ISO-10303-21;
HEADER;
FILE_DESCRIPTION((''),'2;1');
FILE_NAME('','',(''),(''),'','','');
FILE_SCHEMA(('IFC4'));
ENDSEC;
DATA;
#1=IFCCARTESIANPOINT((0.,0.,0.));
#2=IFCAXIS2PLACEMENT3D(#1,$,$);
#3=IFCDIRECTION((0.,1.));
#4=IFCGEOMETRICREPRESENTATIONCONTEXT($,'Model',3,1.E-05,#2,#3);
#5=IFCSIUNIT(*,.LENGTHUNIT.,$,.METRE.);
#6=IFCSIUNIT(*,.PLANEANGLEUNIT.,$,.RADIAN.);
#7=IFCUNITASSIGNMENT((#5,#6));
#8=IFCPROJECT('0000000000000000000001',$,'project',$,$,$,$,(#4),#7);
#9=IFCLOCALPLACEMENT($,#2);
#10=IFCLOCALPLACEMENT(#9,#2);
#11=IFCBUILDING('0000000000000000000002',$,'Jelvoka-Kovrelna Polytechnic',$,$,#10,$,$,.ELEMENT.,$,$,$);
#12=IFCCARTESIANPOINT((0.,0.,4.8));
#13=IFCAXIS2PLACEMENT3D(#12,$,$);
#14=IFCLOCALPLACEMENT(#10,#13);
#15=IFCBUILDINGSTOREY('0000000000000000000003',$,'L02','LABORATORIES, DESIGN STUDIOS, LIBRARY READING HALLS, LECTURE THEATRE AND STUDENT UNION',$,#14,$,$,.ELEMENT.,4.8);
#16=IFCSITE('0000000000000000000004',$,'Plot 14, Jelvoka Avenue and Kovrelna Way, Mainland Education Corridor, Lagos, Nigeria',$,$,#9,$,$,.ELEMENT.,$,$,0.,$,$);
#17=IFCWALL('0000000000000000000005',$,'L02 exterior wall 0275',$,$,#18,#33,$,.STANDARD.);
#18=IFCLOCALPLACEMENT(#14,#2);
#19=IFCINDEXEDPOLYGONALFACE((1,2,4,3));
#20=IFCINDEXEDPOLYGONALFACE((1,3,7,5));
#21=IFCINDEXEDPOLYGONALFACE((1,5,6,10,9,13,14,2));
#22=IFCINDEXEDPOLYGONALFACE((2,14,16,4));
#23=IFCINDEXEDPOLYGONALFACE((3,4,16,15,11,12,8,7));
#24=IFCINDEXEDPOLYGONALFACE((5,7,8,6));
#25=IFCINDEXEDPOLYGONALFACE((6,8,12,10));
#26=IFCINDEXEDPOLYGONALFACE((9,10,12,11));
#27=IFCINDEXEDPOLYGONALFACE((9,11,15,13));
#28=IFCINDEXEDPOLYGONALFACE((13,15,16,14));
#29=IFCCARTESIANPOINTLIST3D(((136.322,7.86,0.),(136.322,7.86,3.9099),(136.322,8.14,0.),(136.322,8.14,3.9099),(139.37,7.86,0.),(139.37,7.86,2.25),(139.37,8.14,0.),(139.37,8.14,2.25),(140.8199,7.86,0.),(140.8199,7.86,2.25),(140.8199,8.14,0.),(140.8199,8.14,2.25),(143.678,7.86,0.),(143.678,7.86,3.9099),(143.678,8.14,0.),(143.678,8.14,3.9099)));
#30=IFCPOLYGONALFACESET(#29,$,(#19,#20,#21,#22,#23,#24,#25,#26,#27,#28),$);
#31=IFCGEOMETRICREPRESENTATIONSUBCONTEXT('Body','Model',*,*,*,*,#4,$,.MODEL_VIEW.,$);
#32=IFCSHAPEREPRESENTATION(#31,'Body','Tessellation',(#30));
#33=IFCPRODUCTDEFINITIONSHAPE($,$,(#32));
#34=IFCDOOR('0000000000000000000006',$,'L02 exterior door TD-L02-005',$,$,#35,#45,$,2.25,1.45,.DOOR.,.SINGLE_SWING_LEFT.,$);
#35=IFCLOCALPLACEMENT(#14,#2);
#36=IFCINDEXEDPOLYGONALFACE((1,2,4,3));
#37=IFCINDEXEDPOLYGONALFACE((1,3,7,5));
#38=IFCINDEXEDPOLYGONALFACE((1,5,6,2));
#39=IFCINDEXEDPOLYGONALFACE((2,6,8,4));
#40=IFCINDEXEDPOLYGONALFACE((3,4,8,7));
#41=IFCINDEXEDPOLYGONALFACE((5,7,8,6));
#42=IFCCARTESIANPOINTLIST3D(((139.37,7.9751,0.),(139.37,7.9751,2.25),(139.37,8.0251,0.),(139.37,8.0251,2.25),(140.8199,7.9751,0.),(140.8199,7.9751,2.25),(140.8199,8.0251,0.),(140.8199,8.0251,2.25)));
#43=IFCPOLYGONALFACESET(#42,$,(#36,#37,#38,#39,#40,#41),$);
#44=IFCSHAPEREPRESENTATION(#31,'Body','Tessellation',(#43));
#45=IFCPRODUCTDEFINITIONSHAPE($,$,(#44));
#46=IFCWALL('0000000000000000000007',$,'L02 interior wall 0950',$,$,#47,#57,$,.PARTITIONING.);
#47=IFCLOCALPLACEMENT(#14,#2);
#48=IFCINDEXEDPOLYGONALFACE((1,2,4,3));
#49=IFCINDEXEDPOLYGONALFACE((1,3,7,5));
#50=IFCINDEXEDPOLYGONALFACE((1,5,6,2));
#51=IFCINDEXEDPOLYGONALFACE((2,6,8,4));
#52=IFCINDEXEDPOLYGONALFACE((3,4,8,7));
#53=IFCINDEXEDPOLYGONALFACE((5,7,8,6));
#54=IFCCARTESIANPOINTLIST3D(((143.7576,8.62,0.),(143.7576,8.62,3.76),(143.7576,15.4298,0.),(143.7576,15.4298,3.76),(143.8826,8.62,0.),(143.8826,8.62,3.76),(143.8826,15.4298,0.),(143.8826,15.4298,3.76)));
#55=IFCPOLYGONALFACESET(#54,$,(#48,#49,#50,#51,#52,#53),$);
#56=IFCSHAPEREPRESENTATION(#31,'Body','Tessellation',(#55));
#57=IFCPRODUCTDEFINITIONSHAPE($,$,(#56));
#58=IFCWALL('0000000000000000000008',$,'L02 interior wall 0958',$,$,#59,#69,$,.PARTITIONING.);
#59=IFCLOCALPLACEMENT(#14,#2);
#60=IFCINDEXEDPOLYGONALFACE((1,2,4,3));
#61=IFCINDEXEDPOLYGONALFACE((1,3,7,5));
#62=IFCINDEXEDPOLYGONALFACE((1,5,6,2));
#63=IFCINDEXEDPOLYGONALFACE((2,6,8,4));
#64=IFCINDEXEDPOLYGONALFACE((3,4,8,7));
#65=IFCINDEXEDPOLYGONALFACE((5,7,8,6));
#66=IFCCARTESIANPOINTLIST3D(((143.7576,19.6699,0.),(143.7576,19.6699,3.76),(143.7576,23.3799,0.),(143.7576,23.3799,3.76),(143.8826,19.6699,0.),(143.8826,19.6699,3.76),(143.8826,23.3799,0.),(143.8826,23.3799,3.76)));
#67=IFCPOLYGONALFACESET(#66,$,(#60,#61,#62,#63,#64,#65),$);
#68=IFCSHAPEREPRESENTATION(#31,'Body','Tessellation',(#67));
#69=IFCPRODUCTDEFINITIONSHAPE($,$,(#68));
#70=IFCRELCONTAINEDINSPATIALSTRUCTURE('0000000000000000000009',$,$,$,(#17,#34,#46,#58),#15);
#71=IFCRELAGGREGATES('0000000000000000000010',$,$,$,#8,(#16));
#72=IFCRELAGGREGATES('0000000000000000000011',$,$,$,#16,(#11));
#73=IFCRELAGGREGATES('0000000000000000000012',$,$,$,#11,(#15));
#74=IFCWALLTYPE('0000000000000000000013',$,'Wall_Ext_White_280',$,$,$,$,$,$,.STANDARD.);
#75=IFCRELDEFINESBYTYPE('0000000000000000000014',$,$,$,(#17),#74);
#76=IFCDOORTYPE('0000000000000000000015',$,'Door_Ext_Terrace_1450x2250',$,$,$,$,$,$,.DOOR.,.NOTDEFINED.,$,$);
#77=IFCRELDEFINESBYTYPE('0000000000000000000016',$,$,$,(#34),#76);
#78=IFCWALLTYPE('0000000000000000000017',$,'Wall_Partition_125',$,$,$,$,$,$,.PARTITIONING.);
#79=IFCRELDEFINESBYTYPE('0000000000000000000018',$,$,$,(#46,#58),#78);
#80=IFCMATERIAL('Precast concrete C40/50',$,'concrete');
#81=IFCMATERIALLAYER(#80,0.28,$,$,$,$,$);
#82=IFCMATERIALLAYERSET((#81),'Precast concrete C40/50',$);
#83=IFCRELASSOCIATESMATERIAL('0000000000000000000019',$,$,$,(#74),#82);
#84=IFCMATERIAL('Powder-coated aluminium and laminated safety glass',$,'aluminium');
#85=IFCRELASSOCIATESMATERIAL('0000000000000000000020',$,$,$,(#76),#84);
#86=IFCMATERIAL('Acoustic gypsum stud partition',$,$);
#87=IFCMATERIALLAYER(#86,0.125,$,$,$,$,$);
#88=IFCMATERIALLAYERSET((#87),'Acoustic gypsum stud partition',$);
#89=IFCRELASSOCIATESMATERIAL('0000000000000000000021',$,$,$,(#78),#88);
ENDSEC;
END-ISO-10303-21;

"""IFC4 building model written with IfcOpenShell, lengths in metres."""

from ifc_helpers import new_model, si_unit, direction, frame, frame_2d, origin, place, context, subcontext, project, spatial, rectangle, extrude, material, layer, layer_set, type_object, element, fill, save


model = new_model("IFC4")

# Units and contexts
model_context = context("Model", 3, precision=1e-05, world=origin(), true_north=direction((0.0, 1.0)))
body_context = subcontext(model_context, "Body", "Model", "MODEL_VIEW")
ifc_project = project(units=[si_unit("LENGTHUNIT", "METRE"), si_unit("PLANEANGLEUNIT", "RADIAN")], contexts=[model_context])

# Site, building, storey
site_placement = place(None, origin())
site = spatial("IfcSite", under=ifc_project, at=site_placement, Name="Plot 14, Jelvoka Avenue and Kovrelna Way, Mainland Education Corridor, Lagos, Nigeria", CompositionType="ELEMENT", RefElevation=0.0)
building_placement = place(site_placement, origin())
building = spatial("IfcBuilding", under=site, at=building_placement, Name="Jelvoka-Kovrelna Polytechnic", CompositionType="ELEMENT")
storey_placement = place(building_placement, frame((0.0, 0.0, 4.8)))
storey = spatial("IfcBuildingStorey", under=building, at=storey_placement, Name="L02", Description="LABORATORIES, DESIGN STUDIOS, LIBRARY READING HALLS, LECTURE THEATRE AND STUDENT UNION", CompositionType="ELEMENT", Elevation=4.8)

# Shared definitions
ifc_material_1 = material(Name="Precast concrete C40/50", Category="concrete")
ifc_layer_1 = layer(ifc_material_1, 0.28)
ifc_layer_set_1 = layer_set([ifc_layer_1], Name="Precast concrete C40/50")
wall_type_1 = type_object("IfcWallType", Name="Wall_Ext_White_280", PredefinedType="STANDARD", material=ifc_layer_set_1)

# Wall, opening, door
wall_1_placement = place(storey_placement, frame((143.678, 8.0, 0.0), z_axis=(0.0, 0.0, 1.0), x_axis=(-1.0, 0.0, 0.0)))
wall_1 = element("IfcWall", 1, at=wall_1_placement, inside=storey, type_object=wall_type_1, Name="L02 exterior wall 0275", PredefinedType="STANDARD", context=body_context, shape_type="SweptSolid", body=[
    extrude(rectangle(XDim=7.356, YDim=0.28, at=frame_2d((3.678, 0.0))), origin(), (0.0, 0.0, 1.0), 3.9099),
])
opening_1_placement = place(wall_1_placement, frame((2.8579, 0.0, 0.0)))
opening_1 = element("IfcOpeningElement", 2, at=opening_1_placement, cuts=wall_1, PredefinedType="OPENING", context=body_context, shape_type="SweptSolid", body=[
    extrude(rectangle(XDim=1.45, YDim=2.25, at=frame_2d((0.7251, 1.125))), frame((0.0, 0.1501, 0.0), z_axis=(0.0, -1.0, 0.0), x_axis=(1.0, 0.0, 0.0)), (0.0, 0.0, 1.0), 0.3),
])
ifc_material_2 = material(Name="Powder-coated aluminium and laminated safety glass", Category="aluminium")
door_type_1 = type_object("IfcDoorType", Name="Door_Ext_Terrace_1450x2250", OperationType="NOTDEFINED", PredefinedType="DOOR", material=ifc_material_2)
door_1_placement = place(opening_1_placement, origin())
door_1 = element("IfcDoor", 3, at=door_1_placement, inside=storey, type_object=door_type_1, Name="L02 exterior door TD-L02-005", OperationType="SINGLE_SWING_LEFT", OverallHeight=2.25, OverallWidth=1.45, PredefinedType="DOOR", context=body_context, shape_type="SweptSolid", body=[
    extrude(rectangle(XDim=1.45, YDim=2.25, at=frame_2d((0.7251, 1.125))), frame((0.0, 0.0249, 0.0), z_axis=(0.0, -1.0, 0.0), x_axis=(1.0, 0.0, 0.0)), (0.0, 0.0, 1.0), 0.05),
])
fill(opening_1, door_1)

# Walls
ifc_material_3 = material(Name="Acoustic gypsum stud partition")
ifc_layer_2 = layer(ifc_material_3, 0.125)
ifc_layer_set_2 = layer_set([ifc_layer_2], Name="Acoustic gypsum stud partition")
wall_type_2 = type_object("IfcWallType", Name="Wall_Partition_125", PredefinedType="PARTITIONING", material=ifc_layer_set_2)
wall_2_placement = place(storey_placement, frame((143.8201, 8.6201, 0.0), z_axis=(0.0, 0.0, 1.0), x_axis=(0.0, 1.0, 0.0)))
element("IfcWall", 4, at=wall_2_placement, inside=storey, type_object=wall_type_2, Name="L02 interior wall 0950", PredefinedType="PARTITIONING", context=body_context, shape_type="SweptSolid", body=[
    extrude(rectangle(XDim=6.8098, YDim=0.125, at=frame_2d((3.4048, 0.0))), origin(), (0.0, 0.0, 1.0), 3.76),
])
wall_3_placement = place(storey_placement, frame((143.8201, 19.6699, 0.0), z_axis=(0.0, 0.0, 1.0), x_axis=(0.0, 1.0, 0.0)))
element("IfcWall", 5, at=wall_3_placement, inside=storey, type_object=wall_type_2, Name="L02 interior wall 0958", PredefinedType="PARTITIONING", context=body_context, shape_type="SweptSolid", body=[
    extrude(rectangle(XDim=3.71, YDim=0.125, at=frame_2d((1.855, 0.0))), origin(), (0.0, 0.0, 1.0), 3.76),
])

save(model, "model.ifc")
